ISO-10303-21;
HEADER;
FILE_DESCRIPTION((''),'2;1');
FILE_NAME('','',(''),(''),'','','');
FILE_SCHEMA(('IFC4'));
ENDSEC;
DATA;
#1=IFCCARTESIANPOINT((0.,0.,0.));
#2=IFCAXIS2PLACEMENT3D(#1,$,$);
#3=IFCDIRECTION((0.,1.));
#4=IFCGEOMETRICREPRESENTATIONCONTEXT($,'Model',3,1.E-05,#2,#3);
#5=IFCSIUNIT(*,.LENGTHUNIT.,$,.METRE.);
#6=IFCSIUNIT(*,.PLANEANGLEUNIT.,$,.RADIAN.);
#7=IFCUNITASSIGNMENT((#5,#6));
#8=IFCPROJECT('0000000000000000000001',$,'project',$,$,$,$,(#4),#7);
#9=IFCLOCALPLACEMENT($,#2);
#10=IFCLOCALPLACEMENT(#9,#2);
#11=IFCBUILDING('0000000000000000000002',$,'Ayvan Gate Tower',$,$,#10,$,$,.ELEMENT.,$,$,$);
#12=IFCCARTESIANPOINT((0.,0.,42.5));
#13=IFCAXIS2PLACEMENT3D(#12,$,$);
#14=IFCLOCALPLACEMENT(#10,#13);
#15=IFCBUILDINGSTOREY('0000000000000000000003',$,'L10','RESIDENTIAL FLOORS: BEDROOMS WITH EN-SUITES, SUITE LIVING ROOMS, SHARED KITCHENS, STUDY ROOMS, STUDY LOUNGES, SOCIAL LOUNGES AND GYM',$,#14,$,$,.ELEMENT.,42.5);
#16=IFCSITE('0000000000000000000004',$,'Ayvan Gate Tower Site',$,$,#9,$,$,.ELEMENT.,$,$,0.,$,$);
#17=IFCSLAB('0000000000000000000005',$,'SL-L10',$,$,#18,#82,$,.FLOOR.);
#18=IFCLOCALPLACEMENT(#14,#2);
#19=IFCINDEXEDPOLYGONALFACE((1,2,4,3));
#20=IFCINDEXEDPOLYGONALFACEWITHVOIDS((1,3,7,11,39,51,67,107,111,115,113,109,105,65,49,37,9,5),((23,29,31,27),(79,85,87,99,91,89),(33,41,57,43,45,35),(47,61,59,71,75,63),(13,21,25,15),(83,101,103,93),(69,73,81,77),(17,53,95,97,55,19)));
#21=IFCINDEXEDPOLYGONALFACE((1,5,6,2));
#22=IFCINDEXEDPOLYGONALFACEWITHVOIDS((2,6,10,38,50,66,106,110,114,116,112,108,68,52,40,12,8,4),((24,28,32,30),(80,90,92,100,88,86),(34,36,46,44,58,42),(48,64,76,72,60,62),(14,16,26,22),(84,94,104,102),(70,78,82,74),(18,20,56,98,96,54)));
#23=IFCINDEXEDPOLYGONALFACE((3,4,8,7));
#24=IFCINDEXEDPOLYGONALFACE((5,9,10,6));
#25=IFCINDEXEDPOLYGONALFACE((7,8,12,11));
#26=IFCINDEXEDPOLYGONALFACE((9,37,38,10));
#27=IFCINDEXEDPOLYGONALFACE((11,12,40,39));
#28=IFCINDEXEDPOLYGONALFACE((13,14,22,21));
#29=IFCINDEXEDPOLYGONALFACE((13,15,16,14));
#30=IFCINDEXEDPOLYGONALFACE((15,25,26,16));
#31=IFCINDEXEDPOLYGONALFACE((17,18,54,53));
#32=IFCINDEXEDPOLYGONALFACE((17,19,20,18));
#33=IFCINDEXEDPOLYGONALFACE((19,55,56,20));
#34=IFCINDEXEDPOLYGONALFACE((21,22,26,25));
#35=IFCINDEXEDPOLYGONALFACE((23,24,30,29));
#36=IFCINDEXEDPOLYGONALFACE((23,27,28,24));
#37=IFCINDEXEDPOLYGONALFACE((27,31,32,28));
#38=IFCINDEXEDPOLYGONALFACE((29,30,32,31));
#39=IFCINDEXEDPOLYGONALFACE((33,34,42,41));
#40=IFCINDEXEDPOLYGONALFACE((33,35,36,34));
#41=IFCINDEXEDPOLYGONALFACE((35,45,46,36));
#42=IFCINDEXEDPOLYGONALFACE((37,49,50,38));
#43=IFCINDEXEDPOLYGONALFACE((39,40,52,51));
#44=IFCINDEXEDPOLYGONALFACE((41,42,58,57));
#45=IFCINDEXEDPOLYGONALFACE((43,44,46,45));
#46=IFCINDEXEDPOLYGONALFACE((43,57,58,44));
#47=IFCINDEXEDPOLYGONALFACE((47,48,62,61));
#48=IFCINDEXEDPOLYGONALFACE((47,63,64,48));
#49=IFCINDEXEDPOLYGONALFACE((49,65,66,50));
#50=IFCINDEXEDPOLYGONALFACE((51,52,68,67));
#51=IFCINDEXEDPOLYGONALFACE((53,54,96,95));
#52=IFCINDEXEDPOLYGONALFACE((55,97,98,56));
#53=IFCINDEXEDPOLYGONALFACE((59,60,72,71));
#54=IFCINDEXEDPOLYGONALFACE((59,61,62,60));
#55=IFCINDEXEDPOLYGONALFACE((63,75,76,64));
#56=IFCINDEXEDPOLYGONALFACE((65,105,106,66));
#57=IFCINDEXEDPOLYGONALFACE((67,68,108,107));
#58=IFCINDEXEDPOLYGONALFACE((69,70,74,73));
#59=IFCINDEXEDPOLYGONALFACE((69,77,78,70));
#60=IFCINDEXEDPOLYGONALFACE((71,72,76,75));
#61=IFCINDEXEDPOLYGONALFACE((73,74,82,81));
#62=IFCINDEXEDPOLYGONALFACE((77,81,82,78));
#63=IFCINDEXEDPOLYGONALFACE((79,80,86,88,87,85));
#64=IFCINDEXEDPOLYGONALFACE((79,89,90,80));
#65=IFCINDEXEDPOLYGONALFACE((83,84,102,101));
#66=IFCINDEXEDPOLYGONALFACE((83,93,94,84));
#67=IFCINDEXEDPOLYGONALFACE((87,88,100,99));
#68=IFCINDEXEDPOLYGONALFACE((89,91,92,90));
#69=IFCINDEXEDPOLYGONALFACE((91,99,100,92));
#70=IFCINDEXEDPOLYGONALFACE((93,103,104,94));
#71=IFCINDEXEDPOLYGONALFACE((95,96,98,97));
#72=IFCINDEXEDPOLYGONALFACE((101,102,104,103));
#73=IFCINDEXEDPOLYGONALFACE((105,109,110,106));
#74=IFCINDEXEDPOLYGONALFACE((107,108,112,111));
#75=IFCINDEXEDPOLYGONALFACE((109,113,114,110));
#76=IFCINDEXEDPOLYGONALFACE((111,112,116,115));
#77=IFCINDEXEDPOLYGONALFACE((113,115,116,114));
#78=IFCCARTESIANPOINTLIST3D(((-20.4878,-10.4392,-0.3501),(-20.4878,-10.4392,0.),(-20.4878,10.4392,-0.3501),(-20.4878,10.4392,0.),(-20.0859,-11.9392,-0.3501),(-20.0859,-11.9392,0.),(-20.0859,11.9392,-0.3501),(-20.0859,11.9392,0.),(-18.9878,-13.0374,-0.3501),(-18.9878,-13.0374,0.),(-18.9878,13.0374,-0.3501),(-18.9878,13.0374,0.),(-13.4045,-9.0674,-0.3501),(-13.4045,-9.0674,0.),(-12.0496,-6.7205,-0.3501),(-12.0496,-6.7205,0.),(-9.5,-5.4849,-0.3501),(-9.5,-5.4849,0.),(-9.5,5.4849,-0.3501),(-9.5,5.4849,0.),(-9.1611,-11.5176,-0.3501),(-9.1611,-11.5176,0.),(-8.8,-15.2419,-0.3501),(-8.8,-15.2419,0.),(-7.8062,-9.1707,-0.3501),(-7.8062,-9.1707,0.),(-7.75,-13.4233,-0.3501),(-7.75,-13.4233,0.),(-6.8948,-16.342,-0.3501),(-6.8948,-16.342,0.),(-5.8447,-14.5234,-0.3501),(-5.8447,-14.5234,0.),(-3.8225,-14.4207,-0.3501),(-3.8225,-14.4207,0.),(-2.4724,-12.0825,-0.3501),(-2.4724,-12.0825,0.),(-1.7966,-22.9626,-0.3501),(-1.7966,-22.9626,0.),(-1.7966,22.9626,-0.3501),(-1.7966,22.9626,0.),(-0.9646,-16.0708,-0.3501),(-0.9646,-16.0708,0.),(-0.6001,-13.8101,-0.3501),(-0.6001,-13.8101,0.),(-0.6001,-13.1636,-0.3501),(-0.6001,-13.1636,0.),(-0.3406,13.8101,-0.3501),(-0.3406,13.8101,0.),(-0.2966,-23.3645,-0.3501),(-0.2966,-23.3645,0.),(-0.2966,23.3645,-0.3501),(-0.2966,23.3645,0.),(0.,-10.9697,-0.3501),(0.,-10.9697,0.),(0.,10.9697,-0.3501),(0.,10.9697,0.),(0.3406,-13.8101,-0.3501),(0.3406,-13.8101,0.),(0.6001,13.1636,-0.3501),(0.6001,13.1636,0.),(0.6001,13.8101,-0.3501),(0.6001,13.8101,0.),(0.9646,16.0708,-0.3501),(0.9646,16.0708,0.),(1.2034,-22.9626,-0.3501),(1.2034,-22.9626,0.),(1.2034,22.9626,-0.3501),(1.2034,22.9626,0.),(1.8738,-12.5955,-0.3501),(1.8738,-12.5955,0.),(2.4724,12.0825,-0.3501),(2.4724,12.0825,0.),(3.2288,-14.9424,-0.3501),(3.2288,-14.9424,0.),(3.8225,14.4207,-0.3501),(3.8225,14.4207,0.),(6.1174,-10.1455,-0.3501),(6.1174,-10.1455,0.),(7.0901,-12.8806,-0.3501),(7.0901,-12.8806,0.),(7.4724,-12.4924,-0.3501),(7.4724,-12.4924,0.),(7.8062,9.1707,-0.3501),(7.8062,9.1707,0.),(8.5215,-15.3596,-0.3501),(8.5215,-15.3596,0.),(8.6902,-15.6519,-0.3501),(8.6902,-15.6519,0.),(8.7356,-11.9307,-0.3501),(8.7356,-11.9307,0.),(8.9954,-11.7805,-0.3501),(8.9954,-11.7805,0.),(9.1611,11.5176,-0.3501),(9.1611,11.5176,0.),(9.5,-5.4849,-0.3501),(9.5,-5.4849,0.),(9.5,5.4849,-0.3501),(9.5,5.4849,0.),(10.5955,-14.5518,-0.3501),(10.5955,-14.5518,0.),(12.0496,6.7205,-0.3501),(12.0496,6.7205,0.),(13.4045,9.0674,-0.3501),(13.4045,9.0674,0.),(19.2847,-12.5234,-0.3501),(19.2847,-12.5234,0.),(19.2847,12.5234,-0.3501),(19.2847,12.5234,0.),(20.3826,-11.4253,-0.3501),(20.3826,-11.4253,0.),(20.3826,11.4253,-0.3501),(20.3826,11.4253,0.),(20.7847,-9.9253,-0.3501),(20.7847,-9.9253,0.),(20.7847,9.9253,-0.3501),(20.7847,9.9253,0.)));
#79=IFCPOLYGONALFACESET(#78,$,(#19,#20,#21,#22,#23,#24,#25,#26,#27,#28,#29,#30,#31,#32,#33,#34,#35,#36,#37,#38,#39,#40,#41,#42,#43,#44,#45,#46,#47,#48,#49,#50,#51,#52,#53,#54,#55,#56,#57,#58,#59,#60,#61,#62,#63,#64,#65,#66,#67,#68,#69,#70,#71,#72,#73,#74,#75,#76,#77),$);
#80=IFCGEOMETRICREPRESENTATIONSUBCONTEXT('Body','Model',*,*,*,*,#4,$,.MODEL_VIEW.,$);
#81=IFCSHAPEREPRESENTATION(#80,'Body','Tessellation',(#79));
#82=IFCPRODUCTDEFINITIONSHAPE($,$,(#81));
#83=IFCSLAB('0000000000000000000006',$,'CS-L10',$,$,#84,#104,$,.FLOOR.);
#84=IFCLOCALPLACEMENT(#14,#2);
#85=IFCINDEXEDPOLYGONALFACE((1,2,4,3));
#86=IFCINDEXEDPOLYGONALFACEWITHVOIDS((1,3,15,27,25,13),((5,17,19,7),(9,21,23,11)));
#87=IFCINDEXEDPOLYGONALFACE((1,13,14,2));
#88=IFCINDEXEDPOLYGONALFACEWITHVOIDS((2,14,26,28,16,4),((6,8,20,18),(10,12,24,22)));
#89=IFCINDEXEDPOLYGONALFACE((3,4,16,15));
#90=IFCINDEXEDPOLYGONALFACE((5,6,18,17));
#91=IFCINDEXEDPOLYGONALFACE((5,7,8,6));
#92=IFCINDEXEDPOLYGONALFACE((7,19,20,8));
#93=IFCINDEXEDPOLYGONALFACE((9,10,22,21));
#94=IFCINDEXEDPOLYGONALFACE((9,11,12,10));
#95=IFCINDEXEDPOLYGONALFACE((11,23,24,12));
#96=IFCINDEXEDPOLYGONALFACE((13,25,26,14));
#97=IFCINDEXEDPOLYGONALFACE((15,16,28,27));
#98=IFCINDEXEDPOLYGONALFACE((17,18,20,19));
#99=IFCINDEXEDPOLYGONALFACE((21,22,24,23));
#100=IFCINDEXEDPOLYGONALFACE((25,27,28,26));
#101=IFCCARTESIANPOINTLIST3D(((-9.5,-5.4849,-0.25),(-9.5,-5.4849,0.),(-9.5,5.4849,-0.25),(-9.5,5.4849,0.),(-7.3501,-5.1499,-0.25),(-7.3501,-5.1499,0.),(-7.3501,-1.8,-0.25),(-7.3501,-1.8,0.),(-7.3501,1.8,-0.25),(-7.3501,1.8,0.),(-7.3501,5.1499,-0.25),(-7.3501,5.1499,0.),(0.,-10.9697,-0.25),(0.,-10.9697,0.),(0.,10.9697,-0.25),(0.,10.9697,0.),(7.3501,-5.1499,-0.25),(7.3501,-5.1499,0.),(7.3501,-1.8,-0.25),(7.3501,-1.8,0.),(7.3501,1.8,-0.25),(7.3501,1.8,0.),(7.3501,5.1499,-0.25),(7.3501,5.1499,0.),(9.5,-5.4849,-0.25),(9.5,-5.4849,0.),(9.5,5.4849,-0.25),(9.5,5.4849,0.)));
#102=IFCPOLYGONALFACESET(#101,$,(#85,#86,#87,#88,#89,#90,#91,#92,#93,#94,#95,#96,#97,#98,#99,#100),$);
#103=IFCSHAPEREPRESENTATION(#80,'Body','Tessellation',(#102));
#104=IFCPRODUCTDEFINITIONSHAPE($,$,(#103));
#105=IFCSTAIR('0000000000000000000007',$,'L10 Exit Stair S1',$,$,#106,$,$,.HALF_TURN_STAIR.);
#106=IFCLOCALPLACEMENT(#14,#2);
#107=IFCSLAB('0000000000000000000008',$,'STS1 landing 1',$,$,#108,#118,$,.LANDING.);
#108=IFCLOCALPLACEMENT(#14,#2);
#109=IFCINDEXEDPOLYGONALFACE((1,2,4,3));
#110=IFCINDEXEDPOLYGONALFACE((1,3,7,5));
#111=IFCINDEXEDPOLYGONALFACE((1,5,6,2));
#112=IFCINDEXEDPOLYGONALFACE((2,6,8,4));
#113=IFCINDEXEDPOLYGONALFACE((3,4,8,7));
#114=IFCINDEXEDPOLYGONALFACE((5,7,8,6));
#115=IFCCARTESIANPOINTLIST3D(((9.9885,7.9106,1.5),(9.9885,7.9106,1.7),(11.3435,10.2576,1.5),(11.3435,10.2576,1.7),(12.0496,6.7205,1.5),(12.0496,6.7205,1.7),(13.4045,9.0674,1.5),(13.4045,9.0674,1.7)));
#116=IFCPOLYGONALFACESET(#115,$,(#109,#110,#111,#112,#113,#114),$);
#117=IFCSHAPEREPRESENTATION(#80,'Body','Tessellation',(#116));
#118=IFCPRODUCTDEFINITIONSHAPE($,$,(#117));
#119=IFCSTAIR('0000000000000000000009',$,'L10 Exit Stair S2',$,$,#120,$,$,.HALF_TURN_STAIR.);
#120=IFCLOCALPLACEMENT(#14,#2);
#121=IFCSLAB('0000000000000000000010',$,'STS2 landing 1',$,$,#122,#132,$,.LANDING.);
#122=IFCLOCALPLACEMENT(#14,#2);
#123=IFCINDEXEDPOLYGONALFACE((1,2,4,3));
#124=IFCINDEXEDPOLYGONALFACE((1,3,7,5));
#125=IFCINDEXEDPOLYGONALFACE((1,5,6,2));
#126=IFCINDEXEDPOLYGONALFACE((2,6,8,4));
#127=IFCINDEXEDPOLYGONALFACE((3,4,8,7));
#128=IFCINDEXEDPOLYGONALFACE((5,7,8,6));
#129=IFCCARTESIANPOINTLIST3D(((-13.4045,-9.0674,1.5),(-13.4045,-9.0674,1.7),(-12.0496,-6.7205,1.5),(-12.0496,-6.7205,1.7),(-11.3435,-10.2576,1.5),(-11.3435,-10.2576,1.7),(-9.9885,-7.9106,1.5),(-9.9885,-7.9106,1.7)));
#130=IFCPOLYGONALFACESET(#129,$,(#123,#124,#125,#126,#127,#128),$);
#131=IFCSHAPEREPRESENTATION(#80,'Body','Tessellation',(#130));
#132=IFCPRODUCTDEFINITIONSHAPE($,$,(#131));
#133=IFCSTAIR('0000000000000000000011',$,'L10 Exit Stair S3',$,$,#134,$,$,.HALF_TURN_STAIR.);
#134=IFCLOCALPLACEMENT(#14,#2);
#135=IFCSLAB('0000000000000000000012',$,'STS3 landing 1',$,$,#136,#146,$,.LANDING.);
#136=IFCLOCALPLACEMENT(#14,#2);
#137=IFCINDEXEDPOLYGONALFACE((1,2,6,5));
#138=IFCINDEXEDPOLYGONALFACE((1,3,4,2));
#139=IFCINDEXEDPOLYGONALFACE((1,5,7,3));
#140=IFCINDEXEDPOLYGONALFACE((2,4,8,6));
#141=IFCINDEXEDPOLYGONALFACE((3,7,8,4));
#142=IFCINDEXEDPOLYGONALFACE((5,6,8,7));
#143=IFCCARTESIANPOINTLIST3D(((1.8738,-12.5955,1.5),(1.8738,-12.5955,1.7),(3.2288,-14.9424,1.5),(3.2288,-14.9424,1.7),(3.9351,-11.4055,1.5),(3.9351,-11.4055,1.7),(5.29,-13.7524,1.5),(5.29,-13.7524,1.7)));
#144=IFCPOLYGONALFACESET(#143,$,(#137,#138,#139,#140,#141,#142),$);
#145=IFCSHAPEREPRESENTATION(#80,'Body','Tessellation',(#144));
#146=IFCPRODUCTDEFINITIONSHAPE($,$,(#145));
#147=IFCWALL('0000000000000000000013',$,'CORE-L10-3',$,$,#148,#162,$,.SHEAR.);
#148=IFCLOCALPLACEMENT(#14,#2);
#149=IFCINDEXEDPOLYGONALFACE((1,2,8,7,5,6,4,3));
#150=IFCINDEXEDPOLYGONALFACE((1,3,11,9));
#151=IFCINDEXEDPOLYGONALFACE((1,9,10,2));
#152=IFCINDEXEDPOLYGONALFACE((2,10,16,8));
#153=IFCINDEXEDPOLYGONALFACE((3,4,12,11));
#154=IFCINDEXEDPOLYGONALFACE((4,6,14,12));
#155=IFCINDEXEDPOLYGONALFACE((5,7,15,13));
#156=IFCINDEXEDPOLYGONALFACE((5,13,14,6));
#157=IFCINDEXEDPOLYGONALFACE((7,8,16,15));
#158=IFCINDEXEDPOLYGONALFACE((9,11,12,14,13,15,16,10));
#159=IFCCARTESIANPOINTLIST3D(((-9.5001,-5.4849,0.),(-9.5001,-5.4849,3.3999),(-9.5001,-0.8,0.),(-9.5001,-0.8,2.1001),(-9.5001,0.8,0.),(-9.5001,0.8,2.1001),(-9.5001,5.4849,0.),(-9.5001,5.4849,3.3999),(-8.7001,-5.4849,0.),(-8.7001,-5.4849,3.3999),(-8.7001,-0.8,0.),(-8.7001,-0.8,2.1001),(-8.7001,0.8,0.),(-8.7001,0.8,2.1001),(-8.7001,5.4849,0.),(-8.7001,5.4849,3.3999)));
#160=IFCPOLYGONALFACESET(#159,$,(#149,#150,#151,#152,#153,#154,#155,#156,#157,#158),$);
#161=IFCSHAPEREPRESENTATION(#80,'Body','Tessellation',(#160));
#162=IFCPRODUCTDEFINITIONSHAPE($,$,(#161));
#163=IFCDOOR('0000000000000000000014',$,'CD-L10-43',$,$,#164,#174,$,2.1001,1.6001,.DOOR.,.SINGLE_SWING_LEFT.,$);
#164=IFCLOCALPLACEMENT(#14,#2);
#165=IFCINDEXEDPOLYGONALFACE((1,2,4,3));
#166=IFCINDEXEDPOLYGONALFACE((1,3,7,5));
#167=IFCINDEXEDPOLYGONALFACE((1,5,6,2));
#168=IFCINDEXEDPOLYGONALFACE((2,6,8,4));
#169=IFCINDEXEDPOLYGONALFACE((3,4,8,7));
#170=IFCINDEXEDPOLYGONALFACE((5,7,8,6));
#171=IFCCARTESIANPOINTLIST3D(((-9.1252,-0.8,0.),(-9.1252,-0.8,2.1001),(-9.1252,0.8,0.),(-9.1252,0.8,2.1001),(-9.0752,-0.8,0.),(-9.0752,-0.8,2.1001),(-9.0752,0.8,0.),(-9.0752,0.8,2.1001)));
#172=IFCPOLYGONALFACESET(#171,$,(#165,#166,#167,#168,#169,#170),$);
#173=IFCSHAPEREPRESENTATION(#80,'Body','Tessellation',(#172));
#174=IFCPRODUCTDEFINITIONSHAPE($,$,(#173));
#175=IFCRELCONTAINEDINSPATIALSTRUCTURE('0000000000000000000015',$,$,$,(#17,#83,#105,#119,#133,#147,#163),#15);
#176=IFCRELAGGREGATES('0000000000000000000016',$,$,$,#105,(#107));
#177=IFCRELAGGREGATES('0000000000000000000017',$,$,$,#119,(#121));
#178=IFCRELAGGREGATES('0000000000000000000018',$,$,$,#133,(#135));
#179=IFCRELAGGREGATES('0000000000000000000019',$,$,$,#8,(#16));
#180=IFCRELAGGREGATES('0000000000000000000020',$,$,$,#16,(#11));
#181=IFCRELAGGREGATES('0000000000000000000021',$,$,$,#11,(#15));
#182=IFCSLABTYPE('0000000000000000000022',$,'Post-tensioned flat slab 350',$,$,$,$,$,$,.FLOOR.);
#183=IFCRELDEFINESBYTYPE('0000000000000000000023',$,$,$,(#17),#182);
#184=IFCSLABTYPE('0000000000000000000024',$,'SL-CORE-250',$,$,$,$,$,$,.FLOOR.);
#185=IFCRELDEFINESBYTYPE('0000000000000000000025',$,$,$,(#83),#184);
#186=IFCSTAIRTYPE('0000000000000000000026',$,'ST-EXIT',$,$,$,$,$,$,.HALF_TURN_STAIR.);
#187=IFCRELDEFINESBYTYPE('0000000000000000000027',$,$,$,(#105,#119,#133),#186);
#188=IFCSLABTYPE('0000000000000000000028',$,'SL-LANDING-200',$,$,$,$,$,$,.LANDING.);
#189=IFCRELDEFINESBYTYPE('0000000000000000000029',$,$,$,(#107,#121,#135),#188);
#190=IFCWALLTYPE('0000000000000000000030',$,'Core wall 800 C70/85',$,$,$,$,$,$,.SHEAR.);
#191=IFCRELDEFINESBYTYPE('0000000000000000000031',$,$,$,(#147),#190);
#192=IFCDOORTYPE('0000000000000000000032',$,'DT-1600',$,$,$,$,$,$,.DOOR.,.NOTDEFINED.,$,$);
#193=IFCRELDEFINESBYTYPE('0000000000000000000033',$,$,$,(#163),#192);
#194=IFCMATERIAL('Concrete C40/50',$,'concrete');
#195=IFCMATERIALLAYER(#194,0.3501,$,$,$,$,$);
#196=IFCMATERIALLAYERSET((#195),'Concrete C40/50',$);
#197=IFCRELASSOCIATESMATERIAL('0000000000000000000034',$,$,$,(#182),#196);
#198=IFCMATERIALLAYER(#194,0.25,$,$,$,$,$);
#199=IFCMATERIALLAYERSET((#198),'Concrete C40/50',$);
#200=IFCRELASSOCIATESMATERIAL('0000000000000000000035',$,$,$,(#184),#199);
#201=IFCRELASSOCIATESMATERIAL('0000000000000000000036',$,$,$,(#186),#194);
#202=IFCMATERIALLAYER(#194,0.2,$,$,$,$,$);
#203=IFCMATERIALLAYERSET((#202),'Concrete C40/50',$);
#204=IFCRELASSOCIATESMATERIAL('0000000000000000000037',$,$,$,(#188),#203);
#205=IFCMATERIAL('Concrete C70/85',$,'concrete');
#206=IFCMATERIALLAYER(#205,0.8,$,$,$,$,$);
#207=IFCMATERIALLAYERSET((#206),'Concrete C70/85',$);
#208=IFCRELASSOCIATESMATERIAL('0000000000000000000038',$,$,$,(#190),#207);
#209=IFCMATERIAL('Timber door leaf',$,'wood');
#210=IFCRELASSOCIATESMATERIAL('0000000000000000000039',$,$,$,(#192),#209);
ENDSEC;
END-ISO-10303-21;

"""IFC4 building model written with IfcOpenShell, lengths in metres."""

from ifc_helpers import new_model, si_unit, direction, frame, frame_2d, origin, place, context, subcontext, project, spatial, polyline, rectangle, outline, extrude, material, layer, layer_set, type_object, element, fill, aggregate, save


model = new_model("IFC4")

# Units and contexts
model_context = context("Model", 3, precision=1e-05, world=origin(), true_north=direction((0.0, 1.0)))
body_context = subcontext(model_context, "Body", "Model", "MODEL_VIEW")
ifc_project = project(units=[si_unit("LENGTHUNIT", "METRE"), si_unit("PLANEANGLEUNIT", "RADIAN")], contexts=[model_context])

# Site, building, storey
site_placement = place(None, origin())
site = spatial("IfcSite", under=ifc_project, at=site_placement, Name="Ayvan Gate Tower Site", CompositionType="ELEMENT", RefElevation=0.0)
building_placement = place(site_placement, origin())
building = spatial("IfcBuilding", under=site, at=building_placement, Name="Ayvan Gate Tower", CompositionType="ELEMENT")
storey_placement = place(building_placement, frame((0.0, 0.0, 42.5)))
storey = spatial("IfcBuildingStorey", under=building, at=storey_placement, Name="L10", Description="RESIDENTIAL FLOORS: BEDROOMS WITH EN-SUITES, SUITE LIVING ROOMS, SHARED KITCHENS, STUDY ROOMS, STUDY LOUNGES, SOCIAL LOUNGES AND GYM", CompositionType="ELEMENT", Elevation=42.5)

# Slabs
ifc_material_1 = material(Name="Concrete C40/50", Category="concrete")
ifc_layer_1 = layer(ifc_material_1, 0.3501)
ifc_layer_set_1 = layer_set([ifc_layer_1], Name="Concrete C40/50")
slab_type_1 = type_object("IfcSlabType", Name="Post-tensioned flat slab 350", PredefinedType="FLOOR", material=ifc_layer_set_1)
slab_1_placement = place(storey_placement, frame((0.0, 0.0, -0.3501)))
element("IfcSlab", 1, at=slab_1_placement, inside=storey, type_object=slab_type_1, Name="SL-L10", PredefinedType="FLOOR", context=body_context, shape_type="SweptSolid", body=[
    extrude(outline(polyline([(-1.7966, -22.9626), (-18.9878, -13.0374), (-20.0859, -11.9392), (-20.4878, -10.4392), (-20.4878, 10.4392), (-20.0859, 11.9392), (-18.9878, 13.0374), (-1.7966, 22.9626), (-0.2966, 23.3645), (1.2034, 22.9626), (19.2847, 12.5234), (20.3826, 11.4253), (20.7847, 9.9253), (20.7847, -9.9253), (20.3826, -11.4253), (19.2847, -12.5234), (1.2034, -22.9626), (-0.2966, -23.3645), (-1.7966, -22.9626)]), holes=[polyline([(9.1611, 11.5176), (7.8062, 9.1707), (12.0496, 6.7205), (13.4045, 9.0674), (9.1611, 11.5176)]), polyline([(10.5955, -14.5518), (8.9954, -11.7805), (8.7356, -11.9307), (7.0901, -12.8806), (8.5215, -15.3596), (8.6902, -15.6519), (10.5955, -14.5518)]), polyline([(-9.5, 5.4849), (-9.5, -5.4849), (0.0, -10.9697), (9.5, -5.4849), (9.5, 5.4849), (0.0, 10.9697), (-9.5, 5.4849)]), polyline([(7.4724, -12.4924), (6.1174, -10.1455), (1.8738, -12.5955), (3.2288, -14.9424), (7.4724, -12.4924)]), polyline([(3.8225, 14.4207), (0.9646, 16.0708), (-0.3406, 13.8101), (0.6001, 13.8101), (0.6001, 13.1636), (2.4724, 12.0825), (3.8225, 14.4207)]), polyline([(-0.6001, -13.8101), (-0.6001, -13.1636), (-2.4724, -12.0825), (-3.8225, -14.4207), (-0.9646, -16.0708), (0.3406, -13.8101), (-0.6001, -13.8101)]), polyline([(-8.8, -15.2419), (-6.8948, -16.342), (-5.8447, -14.5234), (-7.75, -13.4233), (-8.8, -15.2419)]), polyline([(-12.0496, -6.7205), (-13.4045, -9.0674), (-9.1611, -11.5176), (-7.8062, -9.1707), (-12.0496, -6.7205)])]), origin(), (0.0, 0.0, 1.0), 0.3501),
])
ifc_layer_2 = layer(ifc_material_1, 0.25)
ifc_layer_set_2 = layer_set([ifc_layer_2], Name="Concrete C40/50")
slab_type_2 = type_object("IfcSlabType", Name="SL-CORE-250", PredefinedType="FLOOR", material=ifc_layer_set_2)
slab_2_placement = place(storey_placement, frame((0.0, 0.0, -0.25)))
element("IfcSlab", 2, at=slab_2_placement, inside=storey, type_object=slab_type_2, Name="CS-L10", PredefinedType="FLOOR", context=body_context, shape_type="SweptSolid", body=[
    extrude(outline(polyline([(9.5, -5.4849), (0.0, -10.9697), (-9.5, -5.4849), (-9.5, 5.4849), (0.0, 10.9697), (9.5, 5.4849), (9.5, -5.4849)]), holes=[polyline([(-7.3501, -1.8), (-7.3501, -5.1499), (7.3501, -5.1499), (7.3501, -1.8), (-7.3501, -1.8)]), polyline([(-7.3501, 5.1499), (-7.3501, 1.8), (7.3501, 1.8), (7.3501, 5.1499), (-7.3501, 5.1499)])]), origin(), (0.0, 0.0, 1.0), 0.25),
])

# Stairs, slabs
stair_type = type_object("IfcStairType", Name="ST-EXIT", PredefinedType="HALF_TURN_STAIR", material=ifc_material_1)
stair_1_placement = place(storey_placement, origin())
stair_1 = element("IfcStair", 3, at=stair_1_placement, inside=storey, type_object=stair_type, Name="L10 Exit Stair S1", PredefinedType="HALF_TURN_STAIR")
ifc_layer_3 = layer(ifc_material_1, 0.2)
ifc_layer_set_3 = layer_set([ifc_layer_3], Name="Concrete C40/50")
slab_type_3 = type_object("IfcSlabType", Name="SL-LANDING-200", PredefinedType="LANDING", material=ifc_layer_set_3)
slab_3_placement = place(storey_placement, frame((0.0, 0.0, 1.5)))
slab_3 = element("IfcSlab", 4, at=slab_3_placement, type_object=slab_type_3, Name="STS1 landing 1", PredefinedType="LANDING", context=body_context, shape_type="SweptSolid", body=[
    extrude(outline(polyline([(9.9885, 7.9106), (12.0496, 6.7205), (13.4045, 9.0674), (11.3435, 10.2576), (9.9885, 7.9106)])), origin(), (0.0, 0.0, 1.0), 0.2),
])
aggregate(stair_1, [slab_3])
stair_2_placement = place(storey_placement, origin())
stair_2 = element("IfcStair", 5, at=stair_2_placement, inside=storey, type_object=stair_type, Name="L10 Exit Stair S2", PredefinedType="HALF_TURN_STAIR")
slab_4_placement = place(storey_placement, frame((0.0, 0.0, 1.5)))
slab_4 = element("IfcSlab", 6, at=slab_4_placement, type_object=slab_type_3, Name="STS2 landing 1", PredefinedType="LANDING", context=body_context, shape_type="SweptSolid", body=[
    extrude(outline(polyline([(-9.9885, -7.9106), (-12.0496, -6.7205), (-13.4045, -9.0674), (-11.3435, -10.2576), (-9.9885, -7.9106)])), origin(), (0.0, 0.0, 1.0), 0.2),
])
aggregate(stair_2, [slab_4])
stair_3_placement = place(storey_placement, origin())
stair_3 = element("IfcStair", 7, at=stair_3_placement, inside=storey, type_object=stair_type, Name="L10 Exit Stair S3", PredefinedType="HALF_TURN_STAIR")
slab_5_placement = place(storey_placement, frame((0.0, 0.0, 1.5)))
slab_5 = element("IfcSlab", 8, at=slab_5_placement, type_object=slab_type_3, Name="STS3 landing 1", PredefinedType="LANDING", context=body_context, shape_type="SweptSolid", body=[
    extrude(outline(polyline([(3.9351, -11.4055), (1.8738, -12.5955), (3.2288, -14.9424), (5.29, -13.7524), (3.9351, -11.4055)])), origin(), (0.0, 0.0, 1.0), 0.2),
])
aggregate(stair_3, [slab_5])

# Wall, opening, door
ifc_material_2 = material(Name="Concrete C70/85", Category="concrete")
ifc_layer_4 = layer(ifc_material_2, 0.8)
ifc_layer_set_4 = layer_set([ifc_layer_4], Name="Concrete C70/85")
wall_type_1 = type_object("IfcWallType", Name="Core wall 800 C70/85", PredefinedType="SHEAR", material=ifc_layer_set_4)
wall_1_placement = place(storey_placement, frame((-9.1001, 5.4849, 0.0), z_axis=(0.0, 0.0, 1.0), x_axis=(0.0, -1.0, 0.0)))
wall_1 = element("IfcWall", 9, at=wall_1_placement, inside=storey, type_object=wall_type_1, Name="CORE-L10-3", PredefinedType="SHEAR", context=body_context, shape_type="SweptSolid", body=[
    extrude(rectangle(XDim=10.9697, YDim=0.8, at=frame_2d((5.4849, 0.0))), origin(), (0.0, 0.0, 1.0), 3.3999),
])
opening_1_placement = place(wall_1_placement, frame((4.6848, 0.0, 0.0)))
opening_1 = element("IfcOpeningElement", 10, at=opening_1_placement, cuts=wall_1, PredefinedType="OPENING", context=body_context, shape_type="SweptSolid", body=[
    extrude(rectangle(XDim=1.6001, YDim=2.1001, at=frame_2d((0.8, 1.05))), frame((0.0, 0.4099, 0.0), z_axis=(0.0, -1.0, 0.0), x_axis=(1.0, 0.0, 0.0)), (0.0, 0.0, 1.0), 0.8201),
])
ifc_material_3 = material(Name="Timber door leaf", Category="wood")
door_type_1 = type_object("IfcDoorType", Name="DT-1600", OperationType="NOTDEFINED", PredefinedType="DOOR", material=ifc_material_3)
door_1_placement = place(opening_1_placement, origin())
door_1 = element("IfcDoor", 11, at=door_1_placement, inside=storey, type_object=door_type_1, Name="CD-L10-43", OperationType="SINGLE_SWING_LEFT", OverallHeight=2.1001, OverallWidth=1.6001, PredefinedType="DOOR", context=body_context, shape_type="SweptSolid", body=[
    extrude(rectangle(XDim=1.6001, YDim=2.1001, at=frame_2d((0.8, 1.05))), frame((0.0, 0.0249, 0.0), z_axis=(0.0, -1.0, 0.0), x_axis=(1.0, 0.0, 0.0)), (0.0, 0.0, 1.0), 0.05),
])
fill(opening_1, door_1)

save(model, "model.ifc")
